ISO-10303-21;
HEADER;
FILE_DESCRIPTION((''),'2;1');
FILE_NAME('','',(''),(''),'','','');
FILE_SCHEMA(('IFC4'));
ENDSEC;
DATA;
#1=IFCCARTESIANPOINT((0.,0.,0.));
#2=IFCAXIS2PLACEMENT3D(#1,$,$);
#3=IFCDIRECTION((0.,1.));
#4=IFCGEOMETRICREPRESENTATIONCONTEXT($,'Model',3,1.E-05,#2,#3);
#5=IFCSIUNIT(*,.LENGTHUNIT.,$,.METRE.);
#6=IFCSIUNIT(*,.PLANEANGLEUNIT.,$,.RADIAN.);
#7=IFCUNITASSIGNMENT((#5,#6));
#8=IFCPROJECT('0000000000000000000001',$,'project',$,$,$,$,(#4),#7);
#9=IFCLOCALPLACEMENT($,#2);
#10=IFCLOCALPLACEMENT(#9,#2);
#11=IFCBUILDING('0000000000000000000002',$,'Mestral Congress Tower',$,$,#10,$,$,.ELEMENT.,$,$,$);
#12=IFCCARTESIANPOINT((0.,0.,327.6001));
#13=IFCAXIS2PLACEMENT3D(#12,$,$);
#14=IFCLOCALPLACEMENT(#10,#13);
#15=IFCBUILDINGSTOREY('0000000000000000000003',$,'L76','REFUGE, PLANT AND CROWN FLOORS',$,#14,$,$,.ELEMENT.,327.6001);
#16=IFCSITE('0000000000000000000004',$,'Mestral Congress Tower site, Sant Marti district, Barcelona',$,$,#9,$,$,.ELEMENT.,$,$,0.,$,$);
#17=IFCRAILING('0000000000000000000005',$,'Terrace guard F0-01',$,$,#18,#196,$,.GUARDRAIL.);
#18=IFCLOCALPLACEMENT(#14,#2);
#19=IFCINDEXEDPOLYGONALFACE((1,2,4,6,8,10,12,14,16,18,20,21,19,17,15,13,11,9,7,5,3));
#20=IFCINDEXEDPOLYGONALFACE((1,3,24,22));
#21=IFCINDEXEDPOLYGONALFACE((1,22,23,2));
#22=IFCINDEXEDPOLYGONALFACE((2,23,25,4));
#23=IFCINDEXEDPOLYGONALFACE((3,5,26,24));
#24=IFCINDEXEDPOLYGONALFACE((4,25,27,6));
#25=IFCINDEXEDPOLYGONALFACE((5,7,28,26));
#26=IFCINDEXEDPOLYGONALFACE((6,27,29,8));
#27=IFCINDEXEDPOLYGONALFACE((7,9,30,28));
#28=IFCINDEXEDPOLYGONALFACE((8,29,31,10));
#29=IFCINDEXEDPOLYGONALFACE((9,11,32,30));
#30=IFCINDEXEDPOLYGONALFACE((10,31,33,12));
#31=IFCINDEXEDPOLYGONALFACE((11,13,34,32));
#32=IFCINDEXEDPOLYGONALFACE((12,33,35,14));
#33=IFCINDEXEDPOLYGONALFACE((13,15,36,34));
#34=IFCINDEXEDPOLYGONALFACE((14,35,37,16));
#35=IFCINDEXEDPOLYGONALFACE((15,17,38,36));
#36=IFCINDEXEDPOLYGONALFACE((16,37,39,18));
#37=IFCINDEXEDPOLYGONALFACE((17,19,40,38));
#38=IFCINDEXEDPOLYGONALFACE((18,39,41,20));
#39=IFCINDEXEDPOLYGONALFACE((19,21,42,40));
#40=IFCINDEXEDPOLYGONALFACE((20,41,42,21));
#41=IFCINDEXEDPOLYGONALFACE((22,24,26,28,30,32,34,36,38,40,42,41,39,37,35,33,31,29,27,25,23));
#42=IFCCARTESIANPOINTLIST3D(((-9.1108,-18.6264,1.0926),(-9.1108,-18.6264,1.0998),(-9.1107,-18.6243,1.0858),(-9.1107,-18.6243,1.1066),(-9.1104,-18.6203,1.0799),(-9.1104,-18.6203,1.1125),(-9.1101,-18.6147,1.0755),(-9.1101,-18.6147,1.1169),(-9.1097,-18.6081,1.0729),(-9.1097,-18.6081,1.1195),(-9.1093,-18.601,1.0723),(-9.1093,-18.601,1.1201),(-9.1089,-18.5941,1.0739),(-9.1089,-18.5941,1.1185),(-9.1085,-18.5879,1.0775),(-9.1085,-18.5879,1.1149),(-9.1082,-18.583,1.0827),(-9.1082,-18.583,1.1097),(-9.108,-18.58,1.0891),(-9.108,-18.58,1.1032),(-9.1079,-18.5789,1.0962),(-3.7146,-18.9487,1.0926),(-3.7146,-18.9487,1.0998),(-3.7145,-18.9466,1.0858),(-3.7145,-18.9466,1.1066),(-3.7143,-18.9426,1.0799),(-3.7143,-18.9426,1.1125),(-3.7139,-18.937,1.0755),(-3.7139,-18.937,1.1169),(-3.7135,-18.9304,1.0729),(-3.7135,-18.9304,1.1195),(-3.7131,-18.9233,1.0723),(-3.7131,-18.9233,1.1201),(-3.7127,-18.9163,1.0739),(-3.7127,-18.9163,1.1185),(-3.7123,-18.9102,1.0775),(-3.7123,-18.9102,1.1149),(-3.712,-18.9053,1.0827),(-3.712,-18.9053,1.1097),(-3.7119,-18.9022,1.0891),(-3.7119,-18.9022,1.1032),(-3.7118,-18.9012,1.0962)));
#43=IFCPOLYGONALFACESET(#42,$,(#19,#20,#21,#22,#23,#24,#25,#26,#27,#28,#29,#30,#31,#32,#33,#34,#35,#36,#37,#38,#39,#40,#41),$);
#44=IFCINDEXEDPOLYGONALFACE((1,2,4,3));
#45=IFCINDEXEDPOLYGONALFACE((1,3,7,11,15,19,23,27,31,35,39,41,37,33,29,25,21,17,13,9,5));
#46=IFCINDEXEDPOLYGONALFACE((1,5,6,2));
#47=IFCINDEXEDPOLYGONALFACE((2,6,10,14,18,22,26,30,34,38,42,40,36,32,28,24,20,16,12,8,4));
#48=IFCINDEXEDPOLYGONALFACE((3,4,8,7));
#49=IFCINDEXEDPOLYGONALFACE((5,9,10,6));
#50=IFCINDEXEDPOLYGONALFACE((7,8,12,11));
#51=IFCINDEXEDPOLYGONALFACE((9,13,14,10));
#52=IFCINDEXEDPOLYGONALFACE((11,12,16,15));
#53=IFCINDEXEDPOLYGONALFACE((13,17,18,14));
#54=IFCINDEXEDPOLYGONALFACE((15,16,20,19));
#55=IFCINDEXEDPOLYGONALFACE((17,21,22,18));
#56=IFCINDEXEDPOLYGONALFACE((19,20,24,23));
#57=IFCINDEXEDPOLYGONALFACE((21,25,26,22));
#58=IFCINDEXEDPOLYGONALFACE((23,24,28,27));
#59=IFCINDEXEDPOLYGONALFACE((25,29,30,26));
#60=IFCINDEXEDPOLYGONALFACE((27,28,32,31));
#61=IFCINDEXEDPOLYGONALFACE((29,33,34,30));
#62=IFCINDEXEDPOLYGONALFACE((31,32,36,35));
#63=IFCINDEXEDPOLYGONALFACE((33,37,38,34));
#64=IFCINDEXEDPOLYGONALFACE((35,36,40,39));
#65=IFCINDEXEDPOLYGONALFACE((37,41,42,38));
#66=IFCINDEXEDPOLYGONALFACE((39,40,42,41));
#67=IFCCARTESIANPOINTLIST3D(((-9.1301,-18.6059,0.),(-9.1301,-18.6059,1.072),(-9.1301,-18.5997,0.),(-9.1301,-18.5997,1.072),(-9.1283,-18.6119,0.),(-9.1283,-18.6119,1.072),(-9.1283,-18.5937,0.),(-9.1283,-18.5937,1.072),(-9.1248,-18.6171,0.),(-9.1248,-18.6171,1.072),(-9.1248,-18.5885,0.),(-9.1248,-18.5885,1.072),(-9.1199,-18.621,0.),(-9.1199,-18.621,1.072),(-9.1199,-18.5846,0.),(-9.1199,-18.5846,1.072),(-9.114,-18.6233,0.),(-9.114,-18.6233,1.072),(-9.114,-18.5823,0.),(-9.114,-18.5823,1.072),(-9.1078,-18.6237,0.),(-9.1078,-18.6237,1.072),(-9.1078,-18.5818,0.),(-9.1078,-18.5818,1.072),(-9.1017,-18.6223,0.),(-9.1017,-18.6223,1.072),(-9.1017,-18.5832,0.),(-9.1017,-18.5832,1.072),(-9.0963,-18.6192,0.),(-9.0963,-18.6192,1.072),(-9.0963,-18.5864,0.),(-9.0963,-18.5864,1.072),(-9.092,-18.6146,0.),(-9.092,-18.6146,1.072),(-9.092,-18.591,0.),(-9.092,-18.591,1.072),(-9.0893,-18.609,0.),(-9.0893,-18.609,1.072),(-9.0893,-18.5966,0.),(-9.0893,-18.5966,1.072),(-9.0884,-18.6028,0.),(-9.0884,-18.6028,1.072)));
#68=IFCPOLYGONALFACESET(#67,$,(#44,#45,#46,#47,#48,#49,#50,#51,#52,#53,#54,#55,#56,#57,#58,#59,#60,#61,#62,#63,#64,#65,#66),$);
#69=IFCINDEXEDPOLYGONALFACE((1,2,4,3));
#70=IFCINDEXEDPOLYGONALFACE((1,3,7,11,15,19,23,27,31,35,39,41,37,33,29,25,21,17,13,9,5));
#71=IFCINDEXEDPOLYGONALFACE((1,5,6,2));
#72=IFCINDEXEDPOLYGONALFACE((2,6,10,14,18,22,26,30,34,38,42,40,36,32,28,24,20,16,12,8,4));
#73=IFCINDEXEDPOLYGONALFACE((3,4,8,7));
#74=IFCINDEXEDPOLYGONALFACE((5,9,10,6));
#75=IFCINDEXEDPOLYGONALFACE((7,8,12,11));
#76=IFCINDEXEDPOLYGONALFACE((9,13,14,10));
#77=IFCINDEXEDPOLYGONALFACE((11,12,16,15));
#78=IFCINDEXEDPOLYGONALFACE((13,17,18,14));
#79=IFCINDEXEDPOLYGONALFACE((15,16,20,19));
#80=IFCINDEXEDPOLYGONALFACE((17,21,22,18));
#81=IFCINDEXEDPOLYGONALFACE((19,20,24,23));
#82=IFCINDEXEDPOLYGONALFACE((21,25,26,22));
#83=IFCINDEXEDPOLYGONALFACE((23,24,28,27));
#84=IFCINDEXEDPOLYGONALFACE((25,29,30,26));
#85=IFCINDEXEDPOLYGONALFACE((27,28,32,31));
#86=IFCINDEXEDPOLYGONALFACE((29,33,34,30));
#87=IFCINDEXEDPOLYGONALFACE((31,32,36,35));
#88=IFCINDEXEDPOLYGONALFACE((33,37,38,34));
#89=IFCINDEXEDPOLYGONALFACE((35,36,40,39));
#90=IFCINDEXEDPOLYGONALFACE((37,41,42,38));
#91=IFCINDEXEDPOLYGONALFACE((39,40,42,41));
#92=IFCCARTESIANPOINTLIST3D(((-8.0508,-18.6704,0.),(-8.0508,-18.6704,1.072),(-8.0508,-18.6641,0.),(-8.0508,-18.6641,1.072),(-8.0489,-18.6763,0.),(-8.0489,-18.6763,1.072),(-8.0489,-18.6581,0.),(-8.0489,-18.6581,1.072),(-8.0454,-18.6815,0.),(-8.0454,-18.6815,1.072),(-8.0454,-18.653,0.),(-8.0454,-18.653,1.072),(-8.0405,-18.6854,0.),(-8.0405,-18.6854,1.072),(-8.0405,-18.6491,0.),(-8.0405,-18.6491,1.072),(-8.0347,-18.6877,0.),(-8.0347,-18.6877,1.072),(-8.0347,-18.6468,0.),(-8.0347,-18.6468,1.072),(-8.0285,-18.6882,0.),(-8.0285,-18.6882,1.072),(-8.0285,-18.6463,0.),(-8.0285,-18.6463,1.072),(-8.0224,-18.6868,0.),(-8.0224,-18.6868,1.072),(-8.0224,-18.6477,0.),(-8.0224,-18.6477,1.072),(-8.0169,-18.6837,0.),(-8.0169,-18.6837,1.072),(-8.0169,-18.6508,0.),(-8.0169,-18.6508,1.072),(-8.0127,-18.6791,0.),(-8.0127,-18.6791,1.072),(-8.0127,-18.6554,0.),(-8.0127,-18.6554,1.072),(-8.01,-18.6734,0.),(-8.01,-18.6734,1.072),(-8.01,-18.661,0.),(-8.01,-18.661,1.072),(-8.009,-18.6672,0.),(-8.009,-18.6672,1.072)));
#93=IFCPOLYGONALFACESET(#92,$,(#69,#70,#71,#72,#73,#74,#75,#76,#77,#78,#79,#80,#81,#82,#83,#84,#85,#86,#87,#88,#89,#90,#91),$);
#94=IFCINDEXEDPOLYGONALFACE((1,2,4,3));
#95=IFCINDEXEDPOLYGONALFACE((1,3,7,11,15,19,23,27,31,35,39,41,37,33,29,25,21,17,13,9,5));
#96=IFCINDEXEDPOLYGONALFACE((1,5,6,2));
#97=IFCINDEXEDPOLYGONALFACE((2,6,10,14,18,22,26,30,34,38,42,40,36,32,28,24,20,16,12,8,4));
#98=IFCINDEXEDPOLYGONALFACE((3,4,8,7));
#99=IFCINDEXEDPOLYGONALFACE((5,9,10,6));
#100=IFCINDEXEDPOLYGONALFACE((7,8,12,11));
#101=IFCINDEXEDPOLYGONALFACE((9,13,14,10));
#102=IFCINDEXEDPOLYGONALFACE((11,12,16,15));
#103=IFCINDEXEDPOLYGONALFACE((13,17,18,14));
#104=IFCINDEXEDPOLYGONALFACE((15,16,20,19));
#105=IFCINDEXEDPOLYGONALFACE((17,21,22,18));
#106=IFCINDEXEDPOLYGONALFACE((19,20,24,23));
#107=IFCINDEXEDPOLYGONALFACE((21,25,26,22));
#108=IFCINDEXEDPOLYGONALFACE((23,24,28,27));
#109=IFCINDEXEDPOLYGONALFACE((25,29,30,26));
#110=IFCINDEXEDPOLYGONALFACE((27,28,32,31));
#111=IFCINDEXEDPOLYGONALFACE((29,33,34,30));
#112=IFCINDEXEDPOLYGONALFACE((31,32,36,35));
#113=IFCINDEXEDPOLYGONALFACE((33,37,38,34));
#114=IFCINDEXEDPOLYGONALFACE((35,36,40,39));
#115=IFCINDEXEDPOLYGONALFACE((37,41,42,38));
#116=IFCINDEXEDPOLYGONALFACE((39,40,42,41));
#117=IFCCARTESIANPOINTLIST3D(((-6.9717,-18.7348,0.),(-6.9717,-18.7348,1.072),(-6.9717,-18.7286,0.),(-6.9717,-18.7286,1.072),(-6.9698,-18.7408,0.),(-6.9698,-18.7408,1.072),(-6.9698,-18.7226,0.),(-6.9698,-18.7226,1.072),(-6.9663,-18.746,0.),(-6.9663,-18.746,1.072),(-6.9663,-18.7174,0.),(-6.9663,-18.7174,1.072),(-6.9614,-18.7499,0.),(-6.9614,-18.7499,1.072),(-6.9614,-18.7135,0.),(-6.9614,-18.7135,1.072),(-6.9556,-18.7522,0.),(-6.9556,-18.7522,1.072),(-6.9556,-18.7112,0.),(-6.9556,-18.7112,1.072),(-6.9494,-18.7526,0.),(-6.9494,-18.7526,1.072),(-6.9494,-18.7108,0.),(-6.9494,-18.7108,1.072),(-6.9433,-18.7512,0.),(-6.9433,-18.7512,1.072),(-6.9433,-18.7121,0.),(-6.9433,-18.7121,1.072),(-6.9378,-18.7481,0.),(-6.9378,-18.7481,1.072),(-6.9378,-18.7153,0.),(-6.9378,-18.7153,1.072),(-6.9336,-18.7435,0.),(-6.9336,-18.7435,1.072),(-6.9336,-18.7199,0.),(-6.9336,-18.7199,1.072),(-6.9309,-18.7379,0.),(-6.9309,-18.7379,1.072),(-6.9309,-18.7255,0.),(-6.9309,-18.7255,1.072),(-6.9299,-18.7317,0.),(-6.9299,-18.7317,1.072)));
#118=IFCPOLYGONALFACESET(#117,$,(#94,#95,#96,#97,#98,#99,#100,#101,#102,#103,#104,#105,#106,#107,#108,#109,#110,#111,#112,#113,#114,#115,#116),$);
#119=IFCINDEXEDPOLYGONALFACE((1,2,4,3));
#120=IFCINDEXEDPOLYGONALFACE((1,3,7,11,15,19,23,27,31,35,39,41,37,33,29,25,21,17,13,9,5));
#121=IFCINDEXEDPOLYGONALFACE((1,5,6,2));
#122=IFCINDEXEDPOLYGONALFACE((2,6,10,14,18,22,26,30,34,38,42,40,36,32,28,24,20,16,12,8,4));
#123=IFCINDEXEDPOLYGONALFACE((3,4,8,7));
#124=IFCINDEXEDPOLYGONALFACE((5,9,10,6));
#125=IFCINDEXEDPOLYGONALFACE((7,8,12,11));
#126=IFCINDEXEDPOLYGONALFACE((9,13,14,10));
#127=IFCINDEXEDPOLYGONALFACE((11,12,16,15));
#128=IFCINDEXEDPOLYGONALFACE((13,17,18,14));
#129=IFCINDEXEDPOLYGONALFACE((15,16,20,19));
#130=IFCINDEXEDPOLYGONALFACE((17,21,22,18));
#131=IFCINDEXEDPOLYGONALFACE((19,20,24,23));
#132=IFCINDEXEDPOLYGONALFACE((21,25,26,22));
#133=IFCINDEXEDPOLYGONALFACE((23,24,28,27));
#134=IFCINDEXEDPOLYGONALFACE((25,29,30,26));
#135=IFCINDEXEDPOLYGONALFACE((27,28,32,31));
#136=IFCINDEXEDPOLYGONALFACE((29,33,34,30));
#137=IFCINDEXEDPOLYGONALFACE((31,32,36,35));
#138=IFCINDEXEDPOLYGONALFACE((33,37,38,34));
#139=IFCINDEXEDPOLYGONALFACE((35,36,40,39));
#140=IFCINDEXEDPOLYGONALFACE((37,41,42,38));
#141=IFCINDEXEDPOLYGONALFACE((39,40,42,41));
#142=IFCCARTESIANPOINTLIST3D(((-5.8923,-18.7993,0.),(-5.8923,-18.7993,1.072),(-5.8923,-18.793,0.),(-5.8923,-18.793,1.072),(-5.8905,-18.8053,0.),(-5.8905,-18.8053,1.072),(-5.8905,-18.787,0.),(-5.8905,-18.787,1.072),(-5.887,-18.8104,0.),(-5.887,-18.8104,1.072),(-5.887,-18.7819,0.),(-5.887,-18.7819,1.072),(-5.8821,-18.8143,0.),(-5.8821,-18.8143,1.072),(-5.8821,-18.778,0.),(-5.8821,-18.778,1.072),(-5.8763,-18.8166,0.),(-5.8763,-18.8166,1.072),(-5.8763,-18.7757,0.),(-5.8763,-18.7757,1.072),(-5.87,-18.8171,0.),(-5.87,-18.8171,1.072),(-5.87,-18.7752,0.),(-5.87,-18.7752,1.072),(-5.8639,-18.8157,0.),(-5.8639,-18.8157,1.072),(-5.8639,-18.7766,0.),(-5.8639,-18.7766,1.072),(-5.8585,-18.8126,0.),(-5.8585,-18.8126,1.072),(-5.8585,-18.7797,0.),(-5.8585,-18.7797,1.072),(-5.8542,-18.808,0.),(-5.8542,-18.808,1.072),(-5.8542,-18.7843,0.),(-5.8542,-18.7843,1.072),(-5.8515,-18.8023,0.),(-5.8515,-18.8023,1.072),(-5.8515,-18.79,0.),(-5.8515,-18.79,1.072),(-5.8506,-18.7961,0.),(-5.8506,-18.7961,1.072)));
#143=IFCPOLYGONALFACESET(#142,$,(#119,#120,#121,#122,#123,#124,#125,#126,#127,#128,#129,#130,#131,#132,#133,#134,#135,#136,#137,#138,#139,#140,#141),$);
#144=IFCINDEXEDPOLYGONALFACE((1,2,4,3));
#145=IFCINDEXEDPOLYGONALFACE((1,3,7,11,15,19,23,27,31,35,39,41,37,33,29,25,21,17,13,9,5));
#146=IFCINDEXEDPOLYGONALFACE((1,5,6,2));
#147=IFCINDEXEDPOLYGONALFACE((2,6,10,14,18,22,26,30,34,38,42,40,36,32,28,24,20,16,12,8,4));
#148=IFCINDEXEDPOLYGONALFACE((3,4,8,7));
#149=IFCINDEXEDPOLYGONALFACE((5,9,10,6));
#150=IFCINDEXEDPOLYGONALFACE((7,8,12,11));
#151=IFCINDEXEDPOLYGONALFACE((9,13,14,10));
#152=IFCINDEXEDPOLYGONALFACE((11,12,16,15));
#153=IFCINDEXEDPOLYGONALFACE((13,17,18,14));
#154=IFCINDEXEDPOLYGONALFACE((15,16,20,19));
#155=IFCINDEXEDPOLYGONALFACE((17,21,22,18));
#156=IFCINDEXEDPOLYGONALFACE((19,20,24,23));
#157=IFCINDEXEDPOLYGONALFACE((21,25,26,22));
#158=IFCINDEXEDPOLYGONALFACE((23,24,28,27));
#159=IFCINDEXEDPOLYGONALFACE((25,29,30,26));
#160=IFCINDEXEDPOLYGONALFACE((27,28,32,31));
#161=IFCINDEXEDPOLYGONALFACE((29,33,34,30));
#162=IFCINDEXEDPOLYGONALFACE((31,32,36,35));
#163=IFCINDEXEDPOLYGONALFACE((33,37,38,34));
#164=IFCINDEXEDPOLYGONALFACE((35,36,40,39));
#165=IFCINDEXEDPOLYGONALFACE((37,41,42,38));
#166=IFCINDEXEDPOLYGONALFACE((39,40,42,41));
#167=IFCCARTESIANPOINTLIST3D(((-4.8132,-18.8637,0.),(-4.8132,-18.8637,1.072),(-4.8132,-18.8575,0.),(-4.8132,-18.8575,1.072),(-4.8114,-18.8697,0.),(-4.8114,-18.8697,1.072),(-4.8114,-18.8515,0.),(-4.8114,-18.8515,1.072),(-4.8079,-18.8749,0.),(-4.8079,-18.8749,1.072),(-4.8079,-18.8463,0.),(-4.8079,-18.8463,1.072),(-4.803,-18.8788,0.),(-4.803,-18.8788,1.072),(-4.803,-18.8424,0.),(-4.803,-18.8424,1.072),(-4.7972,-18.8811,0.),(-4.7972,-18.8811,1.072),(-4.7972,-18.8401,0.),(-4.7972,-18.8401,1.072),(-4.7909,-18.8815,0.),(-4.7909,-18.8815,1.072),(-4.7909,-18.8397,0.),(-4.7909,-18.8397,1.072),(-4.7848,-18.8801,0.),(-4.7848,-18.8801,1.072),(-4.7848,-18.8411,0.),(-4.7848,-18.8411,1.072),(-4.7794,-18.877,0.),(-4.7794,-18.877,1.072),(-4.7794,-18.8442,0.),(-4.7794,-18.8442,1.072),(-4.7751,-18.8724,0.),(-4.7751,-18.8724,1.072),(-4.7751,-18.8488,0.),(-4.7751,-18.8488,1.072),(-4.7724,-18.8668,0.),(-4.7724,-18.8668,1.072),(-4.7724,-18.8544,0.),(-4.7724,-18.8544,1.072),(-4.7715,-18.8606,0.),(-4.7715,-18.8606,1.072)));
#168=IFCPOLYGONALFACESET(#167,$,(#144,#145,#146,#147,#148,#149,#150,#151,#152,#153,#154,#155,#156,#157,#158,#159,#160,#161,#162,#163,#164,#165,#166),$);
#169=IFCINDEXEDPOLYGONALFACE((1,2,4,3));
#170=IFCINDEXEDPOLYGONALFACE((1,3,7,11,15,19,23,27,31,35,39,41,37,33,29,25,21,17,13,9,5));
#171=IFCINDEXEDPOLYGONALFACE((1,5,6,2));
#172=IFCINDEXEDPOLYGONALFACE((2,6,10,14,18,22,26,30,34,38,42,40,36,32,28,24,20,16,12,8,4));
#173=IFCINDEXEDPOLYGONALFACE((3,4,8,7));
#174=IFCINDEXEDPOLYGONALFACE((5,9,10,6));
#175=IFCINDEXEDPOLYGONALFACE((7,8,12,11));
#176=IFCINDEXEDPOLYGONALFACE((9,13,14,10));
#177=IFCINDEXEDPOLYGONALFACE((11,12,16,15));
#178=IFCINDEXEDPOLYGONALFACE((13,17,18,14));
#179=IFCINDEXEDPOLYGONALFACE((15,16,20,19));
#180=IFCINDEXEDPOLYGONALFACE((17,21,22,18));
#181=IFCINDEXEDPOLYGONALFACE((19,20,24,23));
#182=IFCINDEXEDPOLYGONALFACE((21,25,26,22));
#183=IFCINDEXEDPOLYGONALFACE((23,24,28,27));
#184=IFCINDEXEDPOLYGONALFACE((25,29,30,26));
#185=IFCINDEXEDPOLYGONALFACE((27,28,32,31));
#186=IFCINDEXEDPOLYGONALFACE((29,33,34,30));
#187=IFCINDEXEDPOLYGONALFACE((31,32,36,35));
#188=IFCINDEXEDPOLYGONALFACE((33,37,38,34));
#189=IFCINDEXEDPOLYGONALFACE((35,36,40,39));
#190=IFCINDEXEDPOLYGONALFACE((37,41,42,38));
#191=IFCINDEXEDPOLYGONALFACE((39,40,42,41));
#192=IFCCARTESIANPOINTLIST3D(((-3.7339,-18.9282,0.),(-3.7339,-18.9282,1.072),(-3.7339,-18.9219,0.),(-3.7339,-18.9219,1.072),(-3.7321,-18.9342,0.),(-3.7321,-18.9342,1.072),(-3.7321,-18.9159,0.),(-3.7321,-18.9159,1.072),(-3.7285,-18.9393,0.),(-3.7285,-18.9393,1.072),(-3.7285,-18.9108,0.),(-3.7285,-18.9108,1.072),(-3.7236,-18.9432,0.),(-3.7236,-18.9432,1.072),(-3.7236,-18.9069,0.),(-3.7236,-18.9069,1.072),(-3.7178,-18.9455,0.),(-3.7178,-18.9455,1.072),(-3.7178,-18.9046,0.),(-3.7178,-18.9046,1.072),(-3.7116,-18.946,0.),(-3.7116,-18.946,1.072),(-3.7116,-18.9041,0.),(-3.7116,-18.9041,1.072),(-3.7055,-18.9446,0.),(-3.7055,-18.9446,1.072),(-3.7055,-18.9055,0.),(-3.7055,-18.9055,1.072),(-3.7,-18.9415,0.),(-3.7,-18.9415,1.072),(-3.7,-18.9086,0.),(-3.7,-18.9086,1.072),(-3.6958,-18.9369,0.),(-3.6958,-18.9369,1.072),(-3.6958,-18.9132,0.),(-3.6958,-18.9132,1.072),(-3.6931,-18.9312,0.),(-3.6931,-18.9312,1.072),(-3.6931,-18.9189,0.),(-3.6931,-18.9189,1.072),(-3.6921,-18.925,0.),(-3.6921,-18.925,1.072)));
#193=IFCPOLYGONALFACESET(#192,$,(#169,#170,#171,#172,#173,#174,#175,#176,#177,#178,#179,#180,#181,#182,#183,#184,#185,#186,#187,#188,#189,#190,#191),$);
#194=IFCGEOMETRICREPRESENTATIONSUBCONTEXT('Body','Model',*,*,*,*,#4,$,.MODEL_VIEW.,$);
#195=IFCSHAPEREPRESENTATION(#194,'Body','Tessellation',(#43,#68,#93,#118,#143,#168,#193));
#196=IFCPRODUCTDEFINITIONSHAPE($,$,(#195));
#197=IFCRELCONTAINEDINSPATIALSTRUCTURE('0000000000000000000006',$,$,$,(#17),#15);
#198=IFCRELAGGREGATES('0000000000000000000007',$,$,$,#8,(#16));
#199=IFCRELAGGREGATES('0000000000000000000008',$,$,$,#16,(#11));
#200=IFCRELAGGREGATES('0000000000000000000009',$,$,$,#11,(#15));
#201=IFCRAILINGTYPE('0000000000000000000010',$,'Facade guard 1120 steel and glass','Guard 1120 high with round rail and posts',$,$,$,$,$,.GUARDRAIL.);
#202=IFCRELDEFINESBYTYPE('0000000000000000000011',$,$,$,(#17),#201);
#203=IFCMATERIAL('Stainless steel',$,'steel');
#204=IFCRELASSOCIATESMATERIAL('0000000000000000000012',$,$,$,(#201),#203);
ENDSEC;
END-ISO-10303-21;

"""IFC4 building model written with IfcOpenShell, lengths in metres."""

from ifc_helpers import new_model, si_unit, direction, frame, origin, origin_2d, place, context, subcontext, project, spatial, circle, extrude, material, type_object, element, save


model = new_model("IFC4")

# Units and contexts
model_context = context("Model", 3, precision=1e-05, world=origin(), true_north=direction((0.0, 1.0)))
body_context = subcontext(model_context, "Body", "Model", "MODEL_VIEW")
ifc_project = project(units=[si_unit("LENGTHUNIT", "METRE"), si_unit("PLANEANGLEUNIT", "RADIAN")], contexts=[model_context])

# Site, building, storey
site_placement = place(None, origin())
site = spatial("IfcSite", under=ifc_project, at=site_placement, Name="Mestral Congress Tower site, Sant Marti district, Barcelona", CompositionType="ELEMENT", RefElevation=0.0)
building_placement = place(site_placement, origin())
building = spatial("IfcBuilding", under=site, at=building_placement, Name="Mestral Congress Tower", CompositionType="ELEMENT")
storey_placement = place(building_placement, frame((0.0, 0.0, 327.6001)))
storey = spatial("IfcBuildingStorey", under=building, at=storey_placement, Name="L76", Description="REFUGE, PLANT AND CROWN FLOORS", CompositionType="ELEMENT", Elevation=327.6001)

# Railing
ifc_material_1 = material(Name="Stainless steel", Category="steel")
railing_type_1 = type_object("IfcRailingType", Name="Facade guard 1120 steel and glass", Description="Guard 1120 high with round rail and posts", PredefinedType="GUARDRAIL", material=ifc_material_1)
railing_1_placement = place(storey_placement, frame((-9.1094, -18.6028, 0.0)))
element("IfcRailing", 1, at=railing_1_placement, inside=storey, type_object=railing_type_1, Name="Terrace guard F0-01", PredefinedType="GUARDRAIL", context=body_context, shape_type="SweptSolid", body=[
    extrude(circle(Radius=0.0239, at=origin_2d()), frame((0.0, 0.0, 1.0962), z_axis=(0.998221, -0.059614, 0.0), x_axis=(0.059614, 0.998221, 0.0)), (0.0, 0.0, 1.0), 5.4058),
    extrude(circle(Radius=0.021, at=origin_2d()), origin(), (0.0, 0.0, 1.0), 1.072),
    extrude(circle(Radius=0.021, at=origin_2d()), frame((1.0793, -0.0645, 0.0)), (0.0, 0.0, 1.0), 1.072),
    extrude(circle(Radius=0.021, at=origin_2d()), frame((2.1584, -0.1289, 0.0)), (0.0, 0.0, 1.0), 1.072),
    extrude(circle(Radius=0.021, at=origin_2d()), frame((3.2378, -0.1934, 0.0)), (0.0, 0.0, 1.0), 1.072),
    extrude(circle(Radius=0.021, at=origin_2d()), frame((4.3169, -0.2578, 0.0)), (0.0, 0.0, 1.0), 1.072),
    extrude(circle(Radius=0.021, at=origin_2d()), frame((5.3962, -0.3223, 0.0)), (0.0, 0.0, 1.0), 1.072),
])

save(model, "model.ifc")
